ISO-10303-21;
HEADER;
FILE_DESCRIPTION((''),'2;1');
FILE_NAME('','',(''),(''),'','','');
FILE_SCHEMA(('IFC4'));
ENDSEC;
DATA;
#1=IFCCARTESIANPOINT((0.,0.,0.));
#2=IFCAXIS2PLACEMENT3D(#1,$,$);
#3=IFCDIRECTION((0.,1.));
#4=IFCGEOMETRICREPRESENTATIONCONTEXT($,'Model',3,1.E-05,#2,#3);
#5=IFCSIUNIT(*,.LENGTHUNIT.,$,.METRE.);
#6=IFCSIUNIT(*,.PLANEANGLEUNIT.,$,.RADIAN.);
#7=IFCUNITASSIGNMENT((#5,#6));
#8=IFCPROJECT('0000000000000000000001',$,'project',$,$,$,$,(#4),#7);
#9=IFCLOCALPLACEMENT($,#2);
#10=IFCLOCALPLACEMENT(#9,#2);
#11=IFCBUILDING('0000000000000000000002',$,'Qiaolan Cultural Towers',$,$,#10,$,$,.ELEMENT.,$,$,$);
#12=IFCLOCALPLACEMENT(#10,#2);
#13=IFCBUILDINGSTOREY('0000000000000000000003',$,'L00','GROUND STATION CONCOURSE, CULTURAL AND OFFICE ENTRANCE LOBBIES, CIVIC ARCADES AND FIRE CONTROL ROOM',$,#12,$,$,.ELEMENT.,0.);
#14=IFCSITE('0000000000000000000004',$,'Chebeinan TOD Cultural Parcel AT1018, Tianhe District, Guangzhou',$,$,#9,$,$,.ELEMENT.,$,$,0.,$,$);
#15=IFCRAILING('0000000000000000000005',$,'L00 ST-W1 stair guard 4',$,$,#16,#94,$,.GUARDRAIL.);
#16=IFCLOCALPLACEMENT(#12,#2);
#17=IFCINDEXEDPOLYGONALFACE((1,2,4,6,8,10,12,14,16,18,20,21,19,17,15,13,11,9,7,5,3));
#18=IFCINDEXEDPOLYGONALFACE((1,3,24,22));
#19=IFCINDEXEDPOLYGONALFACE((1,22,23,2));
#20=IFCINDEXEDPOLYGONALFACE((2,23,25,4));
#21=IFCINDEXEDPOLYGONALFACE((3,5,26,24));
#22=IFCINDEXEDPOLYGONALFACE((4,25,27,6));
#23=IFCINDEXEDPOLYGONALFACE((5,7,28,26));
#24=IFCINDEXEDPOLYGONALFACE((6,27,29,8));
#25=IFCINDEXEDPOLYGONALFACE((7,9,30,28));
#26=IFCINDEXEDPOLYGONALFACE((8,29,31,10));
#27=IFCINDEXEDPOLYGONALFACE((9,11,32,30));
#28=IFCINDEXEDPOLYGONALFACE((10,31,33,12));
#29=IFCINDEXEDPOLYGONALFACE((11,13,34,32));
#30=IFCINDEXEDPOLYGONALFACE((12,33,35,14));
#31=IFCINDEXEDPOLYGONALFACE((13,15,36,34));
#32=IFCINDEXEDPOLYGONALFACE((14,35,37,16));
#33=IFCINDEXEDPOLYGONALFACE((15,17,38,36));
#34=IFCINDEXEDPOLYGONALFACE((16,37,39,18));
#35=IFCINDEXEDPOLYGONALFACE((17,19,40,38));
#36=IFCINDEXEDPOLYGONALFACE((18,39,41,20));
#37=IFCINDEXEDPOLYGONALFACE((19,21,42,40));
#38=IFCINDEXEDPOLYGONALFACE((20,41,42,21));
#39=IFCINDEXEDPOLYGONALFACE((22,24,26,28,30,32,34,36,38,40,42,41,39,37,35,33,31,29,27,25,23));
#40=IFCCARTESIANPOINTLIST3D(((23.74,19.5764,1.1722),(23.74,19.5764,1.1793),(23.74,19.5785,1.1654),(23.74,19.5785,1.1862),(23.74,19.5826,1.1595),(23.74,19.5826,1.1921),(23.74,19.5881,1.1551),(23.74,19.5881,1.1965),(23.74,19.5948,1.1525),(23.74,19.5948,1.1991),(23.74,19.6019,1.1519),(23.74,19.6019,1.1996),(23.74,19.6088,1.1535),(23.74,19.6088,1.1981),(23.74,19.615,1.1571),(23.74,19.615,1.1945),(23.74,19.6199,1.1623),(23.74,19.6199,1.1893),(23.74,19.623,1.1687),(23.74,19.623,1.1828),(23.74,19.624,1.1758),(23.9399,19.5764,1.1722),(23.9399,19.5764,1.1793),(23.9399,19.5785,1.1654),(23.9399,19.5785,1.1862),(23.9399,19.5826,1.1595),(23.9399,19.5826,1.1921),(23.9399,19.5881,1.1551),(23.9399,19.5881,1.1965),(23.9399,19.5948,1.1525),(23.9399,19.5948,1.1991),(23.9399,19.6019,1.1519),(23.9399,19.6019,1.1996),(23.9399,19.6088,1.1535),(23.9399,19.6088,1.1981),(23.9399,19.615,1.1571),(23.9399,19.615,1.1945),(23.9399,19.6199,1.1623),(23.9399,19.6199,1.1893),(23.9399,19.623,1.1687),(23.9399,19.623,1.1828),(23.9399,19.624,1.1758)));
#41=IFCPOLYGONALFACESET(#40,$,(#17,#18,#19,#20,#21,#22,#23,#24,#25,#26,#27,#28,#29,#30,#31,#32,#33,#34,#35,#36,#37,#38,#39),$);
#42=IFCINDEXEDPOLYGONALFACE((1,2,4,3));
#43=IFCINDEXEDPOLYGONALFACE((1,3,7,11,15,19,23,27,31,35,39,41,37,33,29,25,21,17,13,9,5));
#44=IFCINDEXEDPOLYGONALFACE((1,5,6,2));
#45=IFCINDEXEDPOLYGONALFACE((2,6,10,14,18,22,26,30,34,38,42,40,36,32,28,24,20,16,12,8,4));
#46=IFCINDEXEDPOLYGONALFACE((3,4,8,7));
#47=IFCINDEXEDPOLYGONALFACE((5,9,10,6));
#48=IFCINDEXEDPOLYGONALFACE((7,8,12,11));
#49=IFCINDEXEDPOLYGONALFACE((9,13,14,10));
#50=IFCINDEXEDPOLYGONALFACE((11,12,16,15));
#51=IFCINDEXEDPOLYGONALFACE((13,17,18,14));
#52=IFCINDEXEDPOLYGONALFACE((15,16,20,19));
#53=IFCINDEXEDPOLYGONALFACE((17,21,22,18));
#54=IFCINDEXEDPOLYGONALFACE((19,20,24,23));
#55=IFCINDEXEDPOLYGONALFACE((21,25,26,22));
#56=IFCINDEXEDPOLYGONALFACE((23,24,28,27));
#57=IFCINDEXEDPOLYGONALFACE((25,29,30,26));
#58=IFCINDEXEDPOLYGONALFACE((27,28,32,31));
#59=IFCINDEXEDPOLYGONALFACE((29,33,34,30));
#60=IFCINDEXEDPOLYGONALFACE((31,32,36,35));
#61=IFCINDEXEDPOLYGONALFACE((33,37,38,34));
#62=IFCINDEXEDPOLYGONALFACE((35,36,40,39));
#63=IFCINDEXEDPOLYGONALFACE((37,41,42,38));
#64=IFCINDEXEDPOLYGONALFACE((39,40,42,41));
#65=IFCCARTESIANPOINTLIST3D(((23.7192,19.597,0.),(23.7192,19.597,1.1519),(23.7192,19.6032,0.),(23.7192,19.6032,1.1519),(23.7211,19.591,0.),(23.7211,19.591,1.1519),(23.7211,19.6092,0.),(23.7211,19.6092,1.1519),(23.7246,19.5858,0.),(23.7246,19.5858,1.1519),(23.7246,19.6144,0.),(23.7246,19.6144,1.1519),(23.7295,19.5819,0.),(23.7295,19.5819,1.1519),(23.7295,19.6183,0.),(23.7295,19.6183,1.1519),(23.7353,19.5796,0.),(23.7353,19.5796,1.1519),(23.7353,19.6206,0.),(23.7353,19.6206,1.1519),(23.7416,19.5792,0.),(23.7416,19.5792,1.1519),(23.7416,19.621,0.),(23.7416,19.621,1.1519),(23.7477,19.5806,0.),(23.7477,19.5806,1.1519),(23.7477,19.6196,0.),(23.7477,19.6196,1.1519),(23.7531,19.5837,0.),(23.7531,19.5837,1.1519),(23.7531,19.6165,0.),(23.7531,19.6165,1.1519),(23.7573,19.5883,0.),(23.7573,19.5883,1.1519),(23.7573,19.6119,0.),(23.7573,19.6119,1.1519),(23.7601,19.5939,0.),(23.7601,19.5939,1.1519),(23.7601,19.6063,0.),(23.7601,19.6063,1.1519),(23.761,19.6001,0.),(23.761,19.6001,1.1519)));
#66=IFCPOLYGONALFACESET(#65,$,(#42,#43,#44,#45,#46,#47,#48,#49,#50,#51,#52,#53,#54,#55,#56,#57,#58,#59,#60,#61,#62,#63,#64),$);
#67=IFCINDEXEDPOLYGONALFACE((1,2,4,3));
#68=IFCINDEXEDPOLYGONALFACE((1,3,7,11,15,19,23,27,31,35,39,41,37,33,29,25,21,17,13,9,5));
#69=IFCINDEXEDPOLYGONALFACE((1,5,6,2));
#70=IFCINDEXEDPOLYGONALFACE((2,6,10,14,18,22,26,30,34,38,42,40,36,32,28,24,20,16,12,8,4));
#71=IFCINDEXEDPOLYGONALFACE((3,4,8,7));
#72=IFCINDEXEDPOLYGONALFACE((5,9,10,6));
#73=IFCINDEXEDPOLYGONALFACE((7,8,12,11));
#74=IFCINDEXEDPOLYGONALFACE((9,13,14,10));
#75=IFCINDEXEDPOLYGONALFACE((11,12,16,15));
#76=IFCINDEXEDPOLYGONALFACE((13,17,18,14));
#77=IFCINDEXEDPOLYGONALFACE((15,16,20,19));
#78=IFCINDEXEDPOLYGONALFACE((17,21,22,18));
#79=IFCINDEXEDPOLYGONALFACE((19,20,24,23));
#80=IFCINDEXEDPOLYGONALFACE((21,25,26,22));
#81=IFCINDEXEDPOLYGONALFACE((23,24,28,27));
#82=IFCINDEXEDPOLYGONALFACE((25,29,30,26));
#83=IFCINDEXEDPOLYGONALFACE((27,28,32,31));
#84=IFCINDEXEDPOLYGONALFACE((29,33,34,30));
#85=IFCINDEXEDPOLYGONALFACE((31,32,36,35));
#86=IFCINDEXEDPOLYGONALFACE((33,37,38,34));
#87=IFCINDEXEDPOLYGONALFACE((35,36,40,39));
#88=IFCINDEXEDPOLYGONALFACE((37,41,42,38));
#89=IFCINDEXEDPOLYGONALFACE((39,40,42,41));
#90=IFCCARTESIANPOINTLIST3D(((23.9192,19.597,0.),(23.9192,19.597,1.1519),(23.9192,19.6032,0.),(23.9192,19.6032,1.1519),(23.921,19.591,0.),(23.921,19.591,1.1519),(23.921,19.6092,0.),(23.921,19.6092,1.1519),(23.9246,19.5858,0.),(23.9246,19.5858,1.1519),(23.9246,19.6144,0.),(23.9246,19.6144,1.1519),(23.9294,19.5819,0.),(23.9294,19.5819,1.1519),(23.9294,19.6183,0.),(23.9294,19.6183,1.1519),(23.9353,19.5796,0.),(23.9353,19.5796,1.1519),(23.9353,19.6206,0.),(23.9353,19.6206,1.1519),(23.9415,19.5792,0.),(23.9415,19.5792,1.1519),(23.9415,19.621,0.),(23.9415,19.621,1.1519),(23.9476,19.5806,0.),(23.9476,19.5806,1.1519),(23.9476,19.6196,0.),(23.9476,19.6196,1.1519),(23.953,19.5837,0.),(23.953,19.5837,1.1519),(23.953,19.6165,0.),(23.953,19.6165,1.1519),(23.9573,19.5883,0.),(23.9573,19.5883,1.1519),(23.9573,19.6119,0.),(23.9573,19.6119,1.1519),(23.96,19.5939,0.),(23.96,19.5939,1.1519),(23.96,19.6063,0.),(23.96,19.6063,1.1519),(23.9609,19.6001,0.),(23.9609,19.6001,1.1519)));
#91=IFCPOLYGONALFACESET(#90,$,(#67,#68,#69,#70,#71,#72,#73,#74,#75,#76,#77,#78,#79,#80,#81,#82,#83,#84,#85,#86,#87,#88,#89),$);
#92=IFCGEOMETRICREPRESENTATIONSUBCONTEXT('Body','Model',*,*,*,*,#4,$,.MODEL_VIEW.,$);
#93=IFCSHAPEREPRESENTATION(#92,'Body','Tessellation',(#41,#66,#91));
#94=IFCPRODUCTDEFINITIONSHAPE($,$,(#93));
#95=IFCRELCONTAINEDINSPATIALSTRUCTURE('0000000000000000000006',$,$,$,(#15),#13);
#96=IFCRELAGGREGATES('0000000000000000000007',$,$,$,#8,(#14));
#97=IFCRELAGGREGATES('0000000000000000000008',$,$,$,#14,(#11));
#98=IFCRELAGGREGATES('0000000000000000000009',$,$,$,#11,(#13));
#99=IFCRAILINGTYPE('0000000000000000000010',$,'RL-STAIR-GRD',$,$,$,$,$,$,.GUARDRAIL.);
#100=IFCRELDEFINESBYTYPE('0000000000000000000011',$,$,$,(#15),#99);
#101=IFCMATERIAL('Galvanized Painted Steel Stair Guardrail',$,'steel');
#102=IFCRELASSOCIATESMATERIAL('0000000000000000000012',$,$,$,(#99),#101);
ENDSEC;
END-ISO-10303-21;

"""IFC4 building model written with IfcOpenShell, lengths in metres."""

from ifc_helpers import new_model, si_unit, direction, frame, origin, origin_2d, place, context, subcontext, project, spatial, circle, extrude, material, type_object, element, save


model = new_model("IFC4")

# Units and contexts
model_context = context("Model", 3, precision=1e-05, world=origin(), true_north=direction((0.0, 1.0)))
body_context = subcontext(model_context, "Body", "Model", "MODEL_VIEW")
ifc_project = project(units=[si_unit("LENGTHUNIT", "METRE"), si_unit("PLANEANGLEUNIT", "RADIAN")], contexts=[model_context])

# Site, building, storey
site_placement = place(None, origin())
site = spatial("IfcSite", under=ifc_project, at=site_placement, Name="Chebeinan TOD Cultural Parcel AT1018, Tianhe District, Guangzhou", CompositionType="ELEMENT", RefElevation=0.0)
building_placement = place(site_placement, origin())
building = spatial("IfcBuilding", under=site, at=building_placement, Name="Qiaolan Cultural Towers", CompositionType="ELEMENT")
storey_placement = place(building_placement, origin())
storey = spatial("IfcBuildingStorey", under=building, at=storey_placement, Name="L00", Description="GROUND STATION CONCOURSE, CULTURAL AND OFFICE ENTRANCE LOBBIES, CIVIC ARCADES AND FIRE CONTROL ROOM", CompositionType="ELEMENT", Elevation=0.0)

# Railing
ifc_material_1 = material(Name="Galvanized Painted Steel Stair Guardrail", Category="steel")
railing_type = type_object("IfcRailingType", Name="RL-STAIR-GRD", PredefinedType="GUARDRAIL", material=ifc_material_1)
railing_1_placement = place(storey_placement, frame((23.74, 19.6001, 0.0)))
element("IfcRailing", 1, at=railing_1_placement, inside=storey, type_object=railing_type, Name="L00 ST-W1 stair guard 4", PredefinedType="GUARDRAIL", context=body_context, shape_type="SweptSolid", body=[
    extrude(circle(Radius=0.0239, at=origin_2d()), frame((0.0, 0.0, 1.1758), z_axis=(1.0, 0.0, 0.0), x_axis=(0.0, 1.0, 0.0)), (0.0, 0.0, 1.0), 0.2),
    extrude(circle(Radius=0.021, at=origin_2d()), origin(), (0.0, 0.0, 1.0), 1.1519),
    extrude(circle(Radius=0.021, at=origin_2d()), frame((0.2, 0.0, 0.0)), (0.0, 0.0, 1.0), 1.1519),
])

save(model, "model.ifc")
